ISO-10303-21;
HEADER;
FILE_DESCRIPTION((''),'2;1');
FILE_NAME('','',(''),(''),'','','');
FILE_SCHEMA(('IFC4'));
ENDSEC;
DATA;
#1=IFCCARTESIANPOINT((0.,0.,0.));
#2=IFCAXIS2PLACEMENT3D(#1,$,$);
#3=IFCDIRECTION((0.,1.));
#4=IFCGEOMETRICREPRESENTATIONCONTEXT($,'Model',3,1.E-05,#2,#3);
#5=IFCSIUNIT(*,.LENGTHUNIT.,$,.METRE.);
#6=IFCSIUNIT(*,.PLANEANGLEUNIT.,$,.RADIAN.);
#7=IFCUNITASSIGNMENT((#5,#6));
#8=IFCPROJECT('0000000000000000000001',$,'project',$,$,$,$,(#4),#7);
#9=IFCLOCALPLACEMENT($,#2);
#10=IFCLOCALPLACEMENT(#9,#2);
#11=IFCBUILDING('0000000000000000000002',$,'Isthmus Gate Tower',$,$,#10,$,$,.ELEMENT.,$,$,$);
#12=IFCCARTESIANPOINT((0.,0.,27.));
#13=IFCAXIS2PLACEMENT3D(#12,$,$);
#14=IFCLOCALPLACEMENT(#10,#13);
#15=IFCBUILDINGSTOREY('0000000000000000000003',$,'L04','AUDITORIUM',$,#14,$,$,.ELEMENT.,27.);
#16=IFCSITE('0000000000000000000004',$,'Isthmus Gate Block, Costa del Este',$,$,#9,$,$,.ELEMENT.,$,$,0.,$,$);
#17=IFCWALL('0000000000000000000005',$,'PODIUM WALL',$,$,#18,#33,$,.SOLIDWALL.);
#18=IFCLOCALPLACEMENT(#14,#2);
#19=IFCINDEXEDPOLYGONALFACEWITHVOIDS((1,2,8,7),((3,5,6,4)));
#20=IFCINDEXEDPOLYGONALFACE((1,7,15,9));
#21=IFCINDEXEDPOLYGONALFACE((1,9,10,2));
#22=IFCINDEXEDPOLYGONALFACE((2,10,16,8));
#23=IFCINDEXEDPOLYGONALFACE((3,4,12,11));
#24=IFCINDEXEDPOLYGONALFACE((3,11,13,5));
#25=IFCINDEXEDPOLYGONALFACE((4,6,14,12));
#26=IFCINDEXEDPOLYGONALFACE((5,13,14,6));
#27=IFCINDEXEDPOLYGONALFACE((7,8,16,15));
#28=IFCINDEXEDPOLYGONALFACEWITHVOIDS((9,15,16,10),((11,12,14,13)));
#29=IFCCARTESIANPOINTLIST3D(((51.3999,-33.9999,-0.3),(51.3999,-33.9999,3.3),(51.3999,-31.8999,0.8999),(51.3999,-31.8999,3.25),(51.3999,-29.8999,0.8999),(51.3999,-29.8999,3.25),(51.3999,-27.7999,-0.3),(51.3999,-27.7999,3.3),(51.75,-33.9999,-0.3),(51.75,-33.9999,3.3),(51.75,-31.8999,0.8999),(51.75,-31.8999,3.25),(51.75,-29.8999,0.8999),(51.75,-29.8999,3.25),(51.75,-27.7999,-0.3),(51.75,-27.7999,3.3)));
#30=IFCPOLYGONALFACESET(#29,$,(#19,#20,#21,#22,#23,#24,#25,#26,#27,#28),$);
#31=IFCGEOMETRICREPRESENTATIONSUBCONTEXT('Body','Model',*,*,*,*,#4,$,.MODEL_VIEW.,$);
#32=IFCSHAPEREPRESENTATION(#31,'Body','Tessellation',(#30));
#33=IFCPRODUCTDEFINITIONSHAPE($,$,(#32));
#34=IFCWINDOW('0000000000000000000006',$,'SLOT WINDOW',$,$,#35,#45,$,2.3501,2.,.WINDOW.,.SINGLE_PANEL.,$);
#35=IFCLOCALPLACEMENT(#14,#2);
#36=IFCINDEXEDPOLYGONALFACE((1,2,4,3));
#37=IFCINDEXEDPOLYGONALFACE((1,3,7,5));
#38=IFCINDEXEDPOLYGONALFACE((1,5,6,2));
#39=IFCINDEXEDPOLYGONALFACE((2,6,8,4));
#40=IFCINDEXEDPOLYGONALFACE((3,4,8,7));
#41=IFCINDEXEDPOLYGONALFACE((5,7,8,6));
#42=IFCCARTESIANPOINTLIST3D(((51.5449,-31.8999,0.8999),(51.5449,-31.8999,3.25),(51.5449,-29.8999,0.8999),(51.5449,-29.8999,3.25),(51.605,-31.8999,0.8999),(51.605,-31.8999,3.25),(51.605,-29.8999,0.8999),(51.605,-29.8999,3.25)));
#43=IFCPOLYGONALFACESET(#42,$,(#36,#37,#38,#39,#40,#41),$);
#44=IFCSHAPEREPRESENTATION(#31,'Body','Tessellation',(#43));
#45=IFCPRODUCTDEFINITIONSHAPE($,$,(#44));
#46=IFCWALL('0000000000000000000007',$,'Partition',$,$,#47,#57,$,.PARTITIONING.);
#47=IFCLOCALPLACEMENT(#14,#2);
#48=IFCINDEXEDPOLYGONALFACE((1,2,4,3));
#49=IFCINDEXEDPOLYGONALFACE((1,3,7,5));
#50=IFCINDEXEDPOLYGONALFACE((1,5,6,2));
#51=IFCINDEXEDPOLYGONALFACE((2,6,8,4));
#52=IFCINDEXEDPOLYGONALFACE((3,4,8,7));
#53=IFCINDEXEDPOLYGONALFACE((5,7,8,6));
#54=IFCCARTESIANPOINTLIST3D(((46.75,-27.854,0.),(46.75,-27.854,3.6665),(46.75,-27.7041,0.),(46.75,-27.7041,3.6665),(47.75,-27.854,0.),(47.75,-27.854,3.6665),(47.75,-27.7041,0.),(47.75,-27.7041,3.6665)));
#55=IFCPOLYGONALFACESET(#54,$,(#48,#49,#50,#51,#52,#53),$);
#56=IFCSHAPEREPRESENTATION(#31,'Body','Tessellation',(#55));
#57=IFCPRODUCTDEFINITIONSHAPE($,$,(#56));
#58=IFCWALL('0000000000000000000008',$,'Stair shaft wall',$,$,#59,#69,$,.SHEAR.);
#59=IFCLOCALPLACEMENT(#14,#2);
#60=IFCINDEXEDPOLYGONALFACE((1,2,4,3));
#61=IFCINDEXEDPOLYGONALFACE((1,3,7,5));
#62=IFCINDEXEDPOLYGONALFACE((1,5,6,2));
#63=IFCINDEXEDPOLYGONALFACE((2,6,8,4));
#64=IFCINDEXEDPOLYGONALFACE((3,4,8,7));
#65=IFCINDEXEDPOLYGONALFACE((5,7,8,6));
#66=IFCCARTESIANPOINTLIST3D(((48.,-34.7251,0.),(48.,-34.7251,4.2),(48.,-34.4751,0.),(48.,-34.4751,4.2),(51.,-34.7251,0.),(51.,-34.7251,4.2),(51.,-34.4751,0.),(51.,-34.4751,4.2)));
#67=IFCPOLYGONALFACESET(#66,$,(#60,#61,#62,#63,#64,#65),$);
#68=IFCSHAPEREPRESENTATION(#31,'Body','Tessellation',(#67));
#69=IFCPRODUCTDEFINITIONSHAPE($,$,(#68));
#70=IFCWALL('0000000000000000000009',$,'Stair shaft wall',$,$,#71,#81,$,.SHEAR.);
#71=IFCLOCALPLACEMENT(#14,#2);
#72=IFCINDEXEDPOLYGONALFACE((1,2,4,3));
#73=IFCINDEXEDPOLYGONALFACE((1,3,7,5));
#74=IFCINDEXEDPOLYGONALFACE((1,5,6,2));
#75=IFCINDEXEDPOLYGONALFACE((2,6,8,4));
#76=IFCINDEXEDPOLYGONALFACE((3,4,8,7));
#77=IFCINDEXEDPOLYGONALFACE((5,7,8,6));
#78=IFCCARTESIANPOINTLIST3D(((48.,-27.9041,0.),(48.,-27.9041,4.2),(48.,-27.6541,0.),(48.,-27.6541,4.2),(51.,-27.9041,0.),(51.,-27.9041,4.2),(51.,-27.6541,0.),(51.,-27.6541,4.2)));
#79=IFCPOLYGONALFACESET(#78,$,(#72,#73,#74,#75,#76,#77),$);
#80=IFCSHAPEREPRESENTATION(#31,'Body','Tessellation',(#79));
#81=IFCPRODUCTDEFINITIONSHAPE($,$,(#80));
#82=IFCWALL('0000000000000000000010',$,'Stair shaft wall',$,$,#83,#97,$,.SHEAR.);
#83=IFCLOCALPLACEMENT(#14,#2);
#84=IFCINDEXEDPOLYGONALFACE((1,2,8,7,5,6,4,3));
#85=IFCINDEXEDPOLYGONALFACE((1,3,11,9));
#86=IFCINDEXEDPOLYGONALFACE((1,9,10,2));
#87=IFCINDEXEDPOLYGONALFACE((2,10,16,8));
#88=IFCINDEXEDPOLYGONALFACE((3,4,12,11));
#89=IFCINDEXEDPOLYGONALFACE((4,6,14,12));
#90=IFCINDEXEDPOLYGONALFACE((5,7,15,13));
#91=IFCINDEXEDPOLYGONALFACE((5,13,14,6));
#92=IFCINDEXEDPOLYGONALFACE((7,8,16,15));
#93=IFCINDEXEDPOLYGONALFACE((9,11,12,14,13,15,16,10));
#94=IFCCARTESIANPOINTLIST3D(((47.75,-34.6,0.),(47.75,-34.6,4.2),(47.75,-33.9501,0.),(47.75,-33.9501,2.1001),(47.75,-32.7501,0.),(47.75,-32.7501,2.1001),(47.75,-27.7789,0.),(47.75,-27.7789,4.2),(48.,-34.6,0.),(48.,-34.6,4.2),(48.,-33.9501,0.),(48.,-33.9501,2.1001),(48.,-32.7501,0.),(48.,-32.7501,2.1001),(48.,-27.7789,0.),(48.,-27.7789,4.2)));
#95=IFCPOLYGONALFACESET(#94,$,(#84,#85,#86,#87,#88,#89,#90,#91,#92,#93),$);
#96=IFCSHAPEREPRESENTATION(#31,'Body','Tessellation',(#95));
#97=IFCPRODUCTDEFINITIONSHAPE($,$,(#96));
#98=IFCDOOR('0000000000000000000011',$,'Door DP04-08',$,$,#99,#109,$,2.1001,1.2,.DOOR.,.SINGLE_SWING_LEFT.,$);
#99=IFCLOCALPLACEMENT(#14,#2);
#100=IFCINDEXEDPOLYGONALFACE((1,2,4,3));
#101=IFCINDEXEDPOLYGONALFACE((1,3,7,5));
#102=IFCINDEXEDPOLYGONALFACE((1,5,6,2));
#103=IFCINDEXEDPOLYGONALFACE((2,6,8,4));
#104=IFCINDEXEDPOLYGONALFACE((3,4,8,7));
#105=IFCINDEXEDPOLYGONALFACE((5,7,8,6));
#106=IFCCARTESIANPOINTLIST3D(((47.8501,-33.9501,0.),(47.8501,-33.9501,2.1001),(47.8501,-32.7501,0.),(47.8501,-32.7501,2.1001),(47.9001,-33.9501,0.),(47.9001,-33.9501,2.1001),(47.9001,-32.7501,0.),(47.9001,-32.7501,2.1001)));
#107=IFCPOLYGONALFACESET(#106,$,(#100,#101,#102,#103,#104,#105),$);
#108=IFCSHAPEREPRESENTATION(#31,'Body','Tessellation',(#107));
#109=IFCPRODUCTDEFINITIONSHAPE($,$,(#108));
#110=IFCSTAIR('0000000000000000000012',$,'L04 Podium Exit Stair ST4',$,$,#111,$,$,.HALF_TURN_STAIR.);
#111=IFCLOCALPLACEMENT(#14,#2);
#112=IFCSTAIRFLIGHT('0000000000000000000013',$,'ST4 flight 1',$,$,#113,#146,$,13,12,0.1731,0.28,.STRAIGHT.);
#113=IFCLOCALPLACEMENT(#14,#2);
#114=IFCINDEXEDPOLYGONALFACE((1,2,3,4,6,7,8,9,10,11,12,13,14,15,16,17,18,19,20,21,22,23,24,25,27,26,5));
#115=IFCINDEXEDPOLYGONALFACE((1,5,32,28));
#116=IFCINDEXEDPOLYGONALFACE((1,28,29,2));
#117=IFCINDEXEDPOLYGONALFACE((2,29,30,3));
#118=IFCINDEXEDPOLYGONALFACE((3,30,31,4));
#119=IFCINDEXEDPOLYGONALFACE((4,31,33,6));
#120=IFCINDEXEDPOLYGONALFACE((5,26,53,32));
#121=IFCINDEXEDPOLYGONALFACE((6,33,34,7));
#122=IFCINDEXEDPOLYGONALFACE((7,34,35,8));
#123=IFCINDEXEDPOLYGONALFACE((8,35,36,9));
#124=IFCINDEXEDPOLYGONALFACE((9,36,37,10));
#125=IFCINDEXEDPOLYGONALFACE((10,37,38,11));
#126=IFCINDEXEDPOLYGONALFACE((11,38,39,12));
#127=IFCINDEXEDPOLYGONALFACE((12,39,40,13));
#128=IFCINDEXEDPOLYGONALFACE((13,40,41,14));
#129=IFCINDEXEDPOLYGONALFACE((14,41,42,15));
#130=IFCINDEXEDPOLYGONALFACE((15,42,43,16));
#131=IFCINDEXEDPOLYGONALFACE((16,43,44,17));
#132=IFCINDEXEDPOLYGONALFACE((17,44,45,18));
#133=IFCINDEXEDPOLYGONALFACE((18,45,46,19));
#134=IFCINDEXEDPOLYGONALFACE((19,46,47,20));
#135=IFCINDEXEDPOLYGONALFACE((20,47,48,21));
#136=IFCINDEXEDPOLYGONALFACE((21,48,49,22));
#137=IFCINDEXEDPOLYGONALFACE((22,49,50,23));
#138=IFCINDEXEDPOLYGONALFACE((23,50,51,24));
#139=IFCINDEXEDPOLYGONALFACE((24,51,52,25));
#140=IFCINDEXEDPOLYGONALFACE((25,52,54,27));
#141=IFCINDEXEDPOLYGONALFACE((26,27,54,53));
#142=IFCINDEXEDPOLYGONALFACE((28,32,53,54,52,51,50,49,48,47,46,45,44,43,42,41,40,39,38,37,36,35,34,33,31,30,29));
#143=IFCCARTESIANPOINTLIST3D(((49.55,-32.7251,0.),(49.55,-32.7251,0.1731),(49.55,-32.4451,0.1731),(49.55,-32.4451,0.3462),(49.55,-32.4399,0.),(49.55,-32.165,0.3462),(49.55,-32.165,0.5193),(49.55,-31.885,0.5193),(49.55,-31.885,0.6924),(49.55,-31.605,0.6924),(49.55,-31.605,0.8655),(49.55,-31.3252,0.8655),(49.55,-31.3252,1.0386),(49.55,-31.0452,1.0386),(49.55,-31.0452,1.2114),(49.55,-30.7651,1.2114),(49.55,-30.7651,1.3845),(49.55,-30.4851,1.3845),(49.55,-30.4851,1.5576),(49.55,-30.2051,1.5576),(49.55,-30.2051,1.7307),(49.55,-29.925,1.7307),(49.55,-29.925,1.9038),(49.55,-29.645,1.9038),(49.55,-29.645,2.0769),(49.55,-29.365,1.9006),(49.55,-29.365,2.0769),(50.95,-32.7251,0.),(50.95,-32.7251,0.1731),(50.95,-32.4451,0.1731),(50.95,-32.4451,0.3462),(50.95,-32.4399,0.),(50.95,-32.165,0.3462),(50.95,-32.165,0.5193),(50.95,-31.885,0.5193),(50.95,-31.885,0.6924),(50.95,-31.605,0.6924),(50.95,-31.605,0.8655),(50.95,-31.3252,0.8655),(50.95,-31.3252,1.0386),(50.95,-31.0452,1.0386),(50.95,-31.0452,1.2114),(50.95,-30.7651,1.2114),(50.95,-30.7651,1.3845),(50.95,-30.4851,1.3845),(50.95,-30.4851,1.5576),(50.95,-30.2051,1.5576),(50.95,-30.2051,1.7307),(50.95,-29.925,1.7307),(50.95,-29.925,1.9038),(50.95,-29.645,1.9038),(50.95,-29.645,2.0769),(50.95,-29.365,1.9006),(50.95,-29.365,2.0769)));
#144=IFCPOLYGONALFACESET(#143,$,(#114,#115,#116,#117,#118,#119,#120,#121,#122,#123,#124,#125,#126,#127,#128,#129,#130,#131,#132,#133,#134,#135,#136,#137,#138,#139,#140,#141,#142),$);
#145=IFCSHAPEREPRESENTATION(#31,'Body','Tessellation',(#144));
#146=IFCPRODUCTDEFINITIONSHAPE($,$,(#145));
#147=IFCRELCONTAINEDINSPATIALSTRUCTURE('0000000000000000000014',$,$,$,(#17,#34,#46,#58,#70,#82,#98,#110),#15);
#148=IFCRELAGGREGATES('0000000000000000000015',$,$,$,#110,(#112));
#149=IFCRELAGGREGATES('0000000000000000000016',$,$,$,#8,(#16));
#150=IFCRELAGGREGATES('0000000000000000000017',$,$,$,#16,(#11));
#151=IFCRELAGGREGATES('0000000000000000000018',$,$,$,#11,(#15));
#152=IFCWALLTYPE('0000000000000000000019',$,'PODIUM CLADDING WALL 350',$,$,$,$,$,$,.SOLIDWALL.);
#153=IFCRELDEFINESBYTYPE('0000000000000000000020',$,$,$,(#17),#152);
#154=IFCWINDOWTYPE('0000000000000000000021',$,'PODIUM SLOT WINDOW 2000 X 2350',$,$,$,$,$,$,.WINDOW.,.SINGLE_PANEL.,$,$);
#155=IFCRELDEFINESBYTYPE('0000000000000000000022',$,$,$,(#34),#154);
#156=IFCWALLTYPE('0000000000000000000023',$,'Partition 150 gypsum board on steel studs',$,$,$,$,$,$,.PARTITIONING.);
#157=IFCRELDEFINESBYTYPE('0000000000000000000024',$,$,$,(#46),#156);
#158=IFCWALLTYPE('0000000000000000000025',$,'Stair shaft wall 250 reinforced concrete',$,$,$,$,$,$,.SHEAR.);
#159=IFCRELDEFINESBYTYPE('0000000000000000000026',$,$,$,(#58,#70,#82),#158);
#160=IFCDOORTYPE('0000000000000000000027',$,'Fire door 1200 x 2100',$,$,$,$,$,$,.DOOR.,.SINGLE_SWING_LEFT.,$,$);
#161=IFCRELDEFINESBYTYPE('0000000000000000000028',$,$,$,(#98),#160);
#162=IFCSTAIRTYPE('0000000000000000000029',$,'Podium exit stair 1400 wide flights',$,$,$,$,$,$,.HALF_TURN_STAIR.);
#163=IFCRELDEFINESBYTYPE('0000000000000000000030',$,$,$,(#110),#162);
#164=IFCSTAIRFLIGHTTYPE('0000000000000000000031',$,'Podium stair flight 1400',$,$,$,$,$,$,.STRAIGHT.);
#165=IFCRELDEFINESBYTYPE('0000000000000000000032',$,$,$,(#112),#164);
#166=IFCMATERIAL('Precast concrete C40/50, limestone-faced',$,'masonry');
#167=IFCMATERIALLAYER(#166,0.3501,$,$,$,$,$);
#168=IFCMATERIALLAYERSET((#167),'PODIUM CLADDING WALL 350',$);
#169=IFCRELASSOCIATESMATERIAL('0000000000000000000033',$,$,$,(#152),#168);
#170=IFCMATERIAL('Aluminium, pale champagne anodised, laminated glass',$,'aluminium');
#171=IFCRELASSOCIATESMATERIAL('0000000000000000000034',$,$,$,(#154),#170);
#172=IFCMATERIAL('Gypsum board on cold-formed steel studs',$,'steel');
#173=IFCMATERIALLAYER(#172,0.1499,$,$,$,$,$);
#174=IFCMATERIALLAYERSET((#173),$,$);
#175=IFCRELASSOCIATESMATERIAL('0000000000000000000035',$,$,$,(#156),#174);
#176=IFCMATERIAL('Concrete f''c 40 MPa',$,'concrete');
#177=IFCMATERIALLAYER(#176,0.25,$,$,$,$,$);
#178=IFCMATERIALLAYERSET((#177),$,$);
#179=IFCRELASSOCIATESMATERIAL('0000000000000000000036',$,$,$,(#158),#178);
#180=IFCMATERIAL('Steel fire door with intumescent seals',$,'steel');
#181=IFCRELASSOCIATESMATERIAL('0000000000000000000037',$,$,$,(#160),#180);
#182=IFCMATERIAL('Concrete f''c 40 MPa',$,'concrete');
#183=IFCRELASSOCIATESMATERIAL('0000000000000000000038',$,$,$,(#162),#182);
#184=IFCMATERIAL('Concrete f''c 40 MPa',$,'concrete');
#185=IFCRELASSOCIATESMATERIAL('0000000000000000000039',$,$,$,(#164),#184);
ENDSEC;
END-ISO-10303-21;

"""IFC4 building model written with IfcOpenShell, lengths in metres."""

from ifc_helpers import new_model, si_unit, direction, frame, frame_2d, origin, place, context, subcontext, project, spatial, polyline, rectangle, outline, extrude, material, layer, layer_set, type_object, element, fill, aggregate, save


model = new_model("IFC4")

# Units and contexts
model_context = context("Model", 3, precision=1e-05, world=origin(), true_north=direction((0.0, 1.0)))
body_context = subcontext(model_context, "Body", "Model", "MODEL_VIEW")
ifc_project = project(units=[si_unit("LENGTHUNIT", "METRE"), si_unit("PLANEANGLEUNIT", "RADIAN")], contexts=[model_context])

# Site, building, storey
site_placement = place(None, origin())
site = spatial("IfcSite", under=ifc_project, at=site_placement, Name="Isthmus Gate Block, Costa del Este", CompositionType="ELEMENT", RefElevation=0.0)
building_placement = place(site_placement, origin())
building = spatial("IfcBuilding", under=site, at=building_placement, Name="Isthmus Gate Tower", CompositionType="ELEMENT")
storey_placement = place(building_placement, frame((0.0, 0.0, 27.0)))
storey = spatial("IfcBuildingStorey", under=building, at=storey_placement, Name="L04", Description="AUDITORIUM", CompositionType="ELEMENT", Elevation=27.0)

# Shared definitions
ifc_material_1 = material(Name="Precast concrete C40/50, limestone-faced", Category="masonry")
ifc_layer_1 = layer(ifc_material_1, 0.3501)
ifc_layer_set_1 = layer_set([ifc_layer_1], Name="PODIUM CLADDING WALL 350")
wall_type_1 = type_object("IfcWallType", Name="PODIUM CLADDING WALL 350", PredefinedType="SOLIDWALL", material=ifc_layer_set_1)

# Wall, opening, window
wall_1_placement = place(storey_placement, frame((51.575, -34.0, -0.3), z_axis=(0.0, 0.0, 1.0), x_axis=(0.0, 1.0, 0.0)))
wall_1 = element("IfcWall", 1, at=wall_1_placement, inside=storey, type_object=wall_type_1, Name="PODIUM WALL", PredefinedType="SOLIDWALL", context=body_context, shape_type="SweptSolid", body=[
    extrude(rectangle(XDim=6.2, YDim=0.3501, at=frame_2d((3.1001, 0.0))), origin(), (0.0, 0.0, 1.0), 3.6001),
])
opening_1_placement = place(wall_1_placement, frame((2.1001, 0.0, 1.2)))
opening_1 = element("IfcOpeningElement", 2, at=opening_1_placement, cuts=wall_1, PredefinedType="OPENING", context=body_context, shape_type="SweptSolid", body=[
    extrude(rectangle(XDim=2.0, YDim=2.3501, at=frame_2d((1.0, 1.175))), frame((0.0, 0.1851, 0.0), z_axis=(0.0, -1.0, 0.0), x_axis=(1.0, 0.0, 0.0)), (0.0, 0.0, 1.0), 0.3701),
])
ifc_material_2 = material(Name="Aluminium, pale champagne anodised, laminated glass", Category="aluminium")
window_type = type_object("IfcWindowType", Name="PODIUM SLOT WINDOW 2000 X 2350", PartitioningType="SINGLE_PANEL", PredefinedType="WINDOW", material=ifc_material_2)
window_placement = place(opening_1_placement, origin())
window = element("IfcWindow", 3, at=window_placement, inside=storey, type_object=window_type, Name="SLOT WINDOW", OverallHeight=2.3501, OverallWidth=2.0, PartitioningType="SINGLE_PANEL", PredefinedType="WINDOW", context=body_context, shape_type="SweptSolid", body=[
    extrude(rectangle(XDim=2.0, YDim=2.3501, at=frame_2d((1.0, 1.175))), frame((0.0, 0.03, 0.0), z_axis=(0.0, -1.0, 0.0), x_axis=(1.0, 0.0, 0.0)), (0.0, 0.0, 1.0), 0.0601),
])
fill(opening_1, window)

# Walls
ifc_material_3 = material(Name="Gypsum board on cold-formed steel studs", Category="steel")
ifc_layer_2 = layer(ifc_material_3, 0.1499)
ifc_layer_set_2 = layer_set([ifc_layer_2])
wall_type_2 = type_object("IfcWallType", Name="Partition 150 gypsum board on steel studs", PredefinedType="PARTITIONING", material=ifc_layer_set_2)
wall_2_placement = place(storey_placement, frame((46.75, -27.7791, 0.0), z_axis=(0.0, 0.0, 1.0), x_axis=(1.0, 0.0, 0.0)))
element("IfcWall", 4, at=wall_2_placement, inside=storey, type_object=wall_type_2, Name="Partition", PredefinedType="PARTITIONING", context=body_context, shape_type="SweptSolid", body=[
    extrude(rectangle(XDim=1.0, YDim=0.1499, at=frame_2d((0.5, 0.0))), origin(), (0.0, 0.0, 1.0), 3.6665),
])
ifc_material_4 = material(Name="Concrete f'c 40 MPa", Category="concrete")
ifc_layer_3 = layer(ifc_material_4, 0.25)
ifc_layer_set_3 = layer_set([ifc_layer_3])
wall_type_3 = type_object("IfcWallType", Name="Stair shaft wall 250 reinforced concrete", PredefinedType="SHEAR", material=ifc_layer_set_3)
for number, where, z_axis, x_axis, name in (
    (5, (48.0, -34.6001, 0.0), (0.0, 0.0, 1.0), (1.0, 0.0, 0.0), "Stair shaft wall"),
    (6, (48.0, -27.7791, 0.0), (0.0, 0.0, 1.0), (1.0, 0.0, 0.0), "Stair shaft wall"),
):
    element("IfcWall", number, at=place(storey_placement, frame(where, z_axis=z_axis, x_axis=x_axis)), inside=storey, type_object=wall_type_3, Name=name, PredefinedType="SHEAR", context=body_context, shape_type="SweptSolid", body=[
        extrude(rectangle(XDim=3.0, YDim=0.25, at=frame_2d((1.5, 0.0))), origin(), (0.0, 0.0, 1.0), 4.2),
    ])

# Wall, opening, door
wall_3_placement = place(storey_placement, frame((47.875, -34.6001, 0.0), z_axis=(0.0, 0.0, 1.0), x_axis=(0.0, 1.0, 0.0)))
wall_3 = element("IfcWall", 7, at=wall_3_placement, inside=storey, type_object=wall_type_3, Name="Stair shaft wall", PredefinedType="SHEAR", context=body_context, shape_type="SweptSolid", body=[
    extrude(rectangle(XDim=6.821, YDim=0.25, at=frame_2d((3.4106, 0.0))), origin(), (0.0, 0.0, 1.0), 4.2),
])
opening_2_placement = place(wall_3_placement, frame((0.6499, 0.0, 0.0)))
opening_2 = element("IfcOpeningElement", 8, at=opening_2_placement, cuts=wall_3, PredefinedType="OPENING", context=body_context, shape_type="SweptSolid", body=[
    extrude(rectangle(XDim=1.2, YDim=2.1001, at=frame_2d((0.6001, 1.05))), frame((0.0, 0.135, 0.0), z_axis=(0.0, -1.0, 0.0), x_axis=(1.0, 0.0, 0.0)), (0.0, 0.0, 1.0), 0.27),
])
ifc_material_5 = material(Name="Steel fire door with intumescent seals", Category="steel")
door_type = type_object("IfcDoorType", Name="Fire door 1200 x 2100", OperationType="SINGLE_SWING_LEFT", PredefinedType="DOOR", material=ifc_material_5)
door_placement = place(opening_2_placement, origin())
door = element("IfcDoor", 9, at=door_placement, inside=storey, type_object=door_type, Name="Door DP04-08", OperationType="SINGLE_SWING_LEFT", OverallHeight=2.1001, OverallWidth=1.2, PredefinedType="DOOR", context=body_context, shape_type="SweptSolid", body=[
    extrude(rectangle(XDim=1.2, YDim=2.1001, at=frame_2d((0.6001, 1.05))), frame((0.0, 0.0249, 0.0), z_axis=(0.0, -1.0, 0.0), x_axis=(1.0, 0.0, 0.0)), (0.0, 0.0, 1.0), 0.05),
])
fill(opening_2, door)

# Stair, stair flight
ifc_material_6 = material(Name="Concrete f'c 40 MPa", Category="concrete")
stair_type = type_object("IfcStairType", Name="Podium exit stair 1400 wide flights", PredefinedType="HALF_TURN_STAIR", material=ifc_material_6)
stair_placement = place(storey_placement, origin())
stair = element("IfcStair", 10, at=stair_placement, inside=storey, type_object=stair_type, Name="L04 Podium Exit Stair ST4", PredefinedType="HALF_TURN_STAIR")
ifc_material_7 = material(Name="Concrete f'c 40 MPa", Category="concrete")
stair_flight_type = type_object("IfcStairFlightType", Name="Podium stair flight 1400", PredefinedType="STRAIGHT", material=ifc_material_7)
stair_flight_1_placement = place(storey_placement, frame((50.25, -32.7251, 0.0), z_axis=(0.0, 0.0, 1.0), x_axis=(0.0, 1.0, 0.0)))
stair_flight_1 = element("IfcStairFlight", 11, at=stair_flight_1_placement, type_object=stair_flight_type, Name="ST4 flight 1", NumberOfRisers=13, NumberOfTreads=12, PredefinedType="STRAIGHT", RiserHeight=0.1731, TreadLength=0.28, context=body_context, shape_type="SweptSolid", body=[
    extrude(outline(polyline([(0.0, 0.0), (0.0, 0.1731), (0.28, 0.1731), (0.28, 0.3462), (0.5601, 0.3462), (0.5601, 0.5193), (0.8401, 0.5193), (0.8401, 0.6924), (1.1201, 0.6924), (1.1201, 0.8655), (1.3999, 0.8655), (1.3999, 1.0386), (1.6799, 1.0386), (1.6799, 1.2114), (1.96, 1.2114), (1.96, 1.3845), (2.24, 1.3845), (2.24, 1.5576), (2.52, 1.5576), (2.52, 1.7307), (2.8, 1.7307), (2.8, 1.9038), (3.0801, 1.9038), (3.0801, 2.0769), (3.3601, 2.0769), (3.3601, 2.25), (3.3601, 1.9006), (0.2852, 0.0), (0.0, 0.0)])), frame((0.0, 0.7, 0.0), z_axis=(0.0, -1.0, 0.0), x_axis=(1.0, 0.0, 0.0)), (0.0, 0.0, 1.0), 1.3999),
])
aggregate(stair, [stair_flight_1])

save(model, "model.ifc")
